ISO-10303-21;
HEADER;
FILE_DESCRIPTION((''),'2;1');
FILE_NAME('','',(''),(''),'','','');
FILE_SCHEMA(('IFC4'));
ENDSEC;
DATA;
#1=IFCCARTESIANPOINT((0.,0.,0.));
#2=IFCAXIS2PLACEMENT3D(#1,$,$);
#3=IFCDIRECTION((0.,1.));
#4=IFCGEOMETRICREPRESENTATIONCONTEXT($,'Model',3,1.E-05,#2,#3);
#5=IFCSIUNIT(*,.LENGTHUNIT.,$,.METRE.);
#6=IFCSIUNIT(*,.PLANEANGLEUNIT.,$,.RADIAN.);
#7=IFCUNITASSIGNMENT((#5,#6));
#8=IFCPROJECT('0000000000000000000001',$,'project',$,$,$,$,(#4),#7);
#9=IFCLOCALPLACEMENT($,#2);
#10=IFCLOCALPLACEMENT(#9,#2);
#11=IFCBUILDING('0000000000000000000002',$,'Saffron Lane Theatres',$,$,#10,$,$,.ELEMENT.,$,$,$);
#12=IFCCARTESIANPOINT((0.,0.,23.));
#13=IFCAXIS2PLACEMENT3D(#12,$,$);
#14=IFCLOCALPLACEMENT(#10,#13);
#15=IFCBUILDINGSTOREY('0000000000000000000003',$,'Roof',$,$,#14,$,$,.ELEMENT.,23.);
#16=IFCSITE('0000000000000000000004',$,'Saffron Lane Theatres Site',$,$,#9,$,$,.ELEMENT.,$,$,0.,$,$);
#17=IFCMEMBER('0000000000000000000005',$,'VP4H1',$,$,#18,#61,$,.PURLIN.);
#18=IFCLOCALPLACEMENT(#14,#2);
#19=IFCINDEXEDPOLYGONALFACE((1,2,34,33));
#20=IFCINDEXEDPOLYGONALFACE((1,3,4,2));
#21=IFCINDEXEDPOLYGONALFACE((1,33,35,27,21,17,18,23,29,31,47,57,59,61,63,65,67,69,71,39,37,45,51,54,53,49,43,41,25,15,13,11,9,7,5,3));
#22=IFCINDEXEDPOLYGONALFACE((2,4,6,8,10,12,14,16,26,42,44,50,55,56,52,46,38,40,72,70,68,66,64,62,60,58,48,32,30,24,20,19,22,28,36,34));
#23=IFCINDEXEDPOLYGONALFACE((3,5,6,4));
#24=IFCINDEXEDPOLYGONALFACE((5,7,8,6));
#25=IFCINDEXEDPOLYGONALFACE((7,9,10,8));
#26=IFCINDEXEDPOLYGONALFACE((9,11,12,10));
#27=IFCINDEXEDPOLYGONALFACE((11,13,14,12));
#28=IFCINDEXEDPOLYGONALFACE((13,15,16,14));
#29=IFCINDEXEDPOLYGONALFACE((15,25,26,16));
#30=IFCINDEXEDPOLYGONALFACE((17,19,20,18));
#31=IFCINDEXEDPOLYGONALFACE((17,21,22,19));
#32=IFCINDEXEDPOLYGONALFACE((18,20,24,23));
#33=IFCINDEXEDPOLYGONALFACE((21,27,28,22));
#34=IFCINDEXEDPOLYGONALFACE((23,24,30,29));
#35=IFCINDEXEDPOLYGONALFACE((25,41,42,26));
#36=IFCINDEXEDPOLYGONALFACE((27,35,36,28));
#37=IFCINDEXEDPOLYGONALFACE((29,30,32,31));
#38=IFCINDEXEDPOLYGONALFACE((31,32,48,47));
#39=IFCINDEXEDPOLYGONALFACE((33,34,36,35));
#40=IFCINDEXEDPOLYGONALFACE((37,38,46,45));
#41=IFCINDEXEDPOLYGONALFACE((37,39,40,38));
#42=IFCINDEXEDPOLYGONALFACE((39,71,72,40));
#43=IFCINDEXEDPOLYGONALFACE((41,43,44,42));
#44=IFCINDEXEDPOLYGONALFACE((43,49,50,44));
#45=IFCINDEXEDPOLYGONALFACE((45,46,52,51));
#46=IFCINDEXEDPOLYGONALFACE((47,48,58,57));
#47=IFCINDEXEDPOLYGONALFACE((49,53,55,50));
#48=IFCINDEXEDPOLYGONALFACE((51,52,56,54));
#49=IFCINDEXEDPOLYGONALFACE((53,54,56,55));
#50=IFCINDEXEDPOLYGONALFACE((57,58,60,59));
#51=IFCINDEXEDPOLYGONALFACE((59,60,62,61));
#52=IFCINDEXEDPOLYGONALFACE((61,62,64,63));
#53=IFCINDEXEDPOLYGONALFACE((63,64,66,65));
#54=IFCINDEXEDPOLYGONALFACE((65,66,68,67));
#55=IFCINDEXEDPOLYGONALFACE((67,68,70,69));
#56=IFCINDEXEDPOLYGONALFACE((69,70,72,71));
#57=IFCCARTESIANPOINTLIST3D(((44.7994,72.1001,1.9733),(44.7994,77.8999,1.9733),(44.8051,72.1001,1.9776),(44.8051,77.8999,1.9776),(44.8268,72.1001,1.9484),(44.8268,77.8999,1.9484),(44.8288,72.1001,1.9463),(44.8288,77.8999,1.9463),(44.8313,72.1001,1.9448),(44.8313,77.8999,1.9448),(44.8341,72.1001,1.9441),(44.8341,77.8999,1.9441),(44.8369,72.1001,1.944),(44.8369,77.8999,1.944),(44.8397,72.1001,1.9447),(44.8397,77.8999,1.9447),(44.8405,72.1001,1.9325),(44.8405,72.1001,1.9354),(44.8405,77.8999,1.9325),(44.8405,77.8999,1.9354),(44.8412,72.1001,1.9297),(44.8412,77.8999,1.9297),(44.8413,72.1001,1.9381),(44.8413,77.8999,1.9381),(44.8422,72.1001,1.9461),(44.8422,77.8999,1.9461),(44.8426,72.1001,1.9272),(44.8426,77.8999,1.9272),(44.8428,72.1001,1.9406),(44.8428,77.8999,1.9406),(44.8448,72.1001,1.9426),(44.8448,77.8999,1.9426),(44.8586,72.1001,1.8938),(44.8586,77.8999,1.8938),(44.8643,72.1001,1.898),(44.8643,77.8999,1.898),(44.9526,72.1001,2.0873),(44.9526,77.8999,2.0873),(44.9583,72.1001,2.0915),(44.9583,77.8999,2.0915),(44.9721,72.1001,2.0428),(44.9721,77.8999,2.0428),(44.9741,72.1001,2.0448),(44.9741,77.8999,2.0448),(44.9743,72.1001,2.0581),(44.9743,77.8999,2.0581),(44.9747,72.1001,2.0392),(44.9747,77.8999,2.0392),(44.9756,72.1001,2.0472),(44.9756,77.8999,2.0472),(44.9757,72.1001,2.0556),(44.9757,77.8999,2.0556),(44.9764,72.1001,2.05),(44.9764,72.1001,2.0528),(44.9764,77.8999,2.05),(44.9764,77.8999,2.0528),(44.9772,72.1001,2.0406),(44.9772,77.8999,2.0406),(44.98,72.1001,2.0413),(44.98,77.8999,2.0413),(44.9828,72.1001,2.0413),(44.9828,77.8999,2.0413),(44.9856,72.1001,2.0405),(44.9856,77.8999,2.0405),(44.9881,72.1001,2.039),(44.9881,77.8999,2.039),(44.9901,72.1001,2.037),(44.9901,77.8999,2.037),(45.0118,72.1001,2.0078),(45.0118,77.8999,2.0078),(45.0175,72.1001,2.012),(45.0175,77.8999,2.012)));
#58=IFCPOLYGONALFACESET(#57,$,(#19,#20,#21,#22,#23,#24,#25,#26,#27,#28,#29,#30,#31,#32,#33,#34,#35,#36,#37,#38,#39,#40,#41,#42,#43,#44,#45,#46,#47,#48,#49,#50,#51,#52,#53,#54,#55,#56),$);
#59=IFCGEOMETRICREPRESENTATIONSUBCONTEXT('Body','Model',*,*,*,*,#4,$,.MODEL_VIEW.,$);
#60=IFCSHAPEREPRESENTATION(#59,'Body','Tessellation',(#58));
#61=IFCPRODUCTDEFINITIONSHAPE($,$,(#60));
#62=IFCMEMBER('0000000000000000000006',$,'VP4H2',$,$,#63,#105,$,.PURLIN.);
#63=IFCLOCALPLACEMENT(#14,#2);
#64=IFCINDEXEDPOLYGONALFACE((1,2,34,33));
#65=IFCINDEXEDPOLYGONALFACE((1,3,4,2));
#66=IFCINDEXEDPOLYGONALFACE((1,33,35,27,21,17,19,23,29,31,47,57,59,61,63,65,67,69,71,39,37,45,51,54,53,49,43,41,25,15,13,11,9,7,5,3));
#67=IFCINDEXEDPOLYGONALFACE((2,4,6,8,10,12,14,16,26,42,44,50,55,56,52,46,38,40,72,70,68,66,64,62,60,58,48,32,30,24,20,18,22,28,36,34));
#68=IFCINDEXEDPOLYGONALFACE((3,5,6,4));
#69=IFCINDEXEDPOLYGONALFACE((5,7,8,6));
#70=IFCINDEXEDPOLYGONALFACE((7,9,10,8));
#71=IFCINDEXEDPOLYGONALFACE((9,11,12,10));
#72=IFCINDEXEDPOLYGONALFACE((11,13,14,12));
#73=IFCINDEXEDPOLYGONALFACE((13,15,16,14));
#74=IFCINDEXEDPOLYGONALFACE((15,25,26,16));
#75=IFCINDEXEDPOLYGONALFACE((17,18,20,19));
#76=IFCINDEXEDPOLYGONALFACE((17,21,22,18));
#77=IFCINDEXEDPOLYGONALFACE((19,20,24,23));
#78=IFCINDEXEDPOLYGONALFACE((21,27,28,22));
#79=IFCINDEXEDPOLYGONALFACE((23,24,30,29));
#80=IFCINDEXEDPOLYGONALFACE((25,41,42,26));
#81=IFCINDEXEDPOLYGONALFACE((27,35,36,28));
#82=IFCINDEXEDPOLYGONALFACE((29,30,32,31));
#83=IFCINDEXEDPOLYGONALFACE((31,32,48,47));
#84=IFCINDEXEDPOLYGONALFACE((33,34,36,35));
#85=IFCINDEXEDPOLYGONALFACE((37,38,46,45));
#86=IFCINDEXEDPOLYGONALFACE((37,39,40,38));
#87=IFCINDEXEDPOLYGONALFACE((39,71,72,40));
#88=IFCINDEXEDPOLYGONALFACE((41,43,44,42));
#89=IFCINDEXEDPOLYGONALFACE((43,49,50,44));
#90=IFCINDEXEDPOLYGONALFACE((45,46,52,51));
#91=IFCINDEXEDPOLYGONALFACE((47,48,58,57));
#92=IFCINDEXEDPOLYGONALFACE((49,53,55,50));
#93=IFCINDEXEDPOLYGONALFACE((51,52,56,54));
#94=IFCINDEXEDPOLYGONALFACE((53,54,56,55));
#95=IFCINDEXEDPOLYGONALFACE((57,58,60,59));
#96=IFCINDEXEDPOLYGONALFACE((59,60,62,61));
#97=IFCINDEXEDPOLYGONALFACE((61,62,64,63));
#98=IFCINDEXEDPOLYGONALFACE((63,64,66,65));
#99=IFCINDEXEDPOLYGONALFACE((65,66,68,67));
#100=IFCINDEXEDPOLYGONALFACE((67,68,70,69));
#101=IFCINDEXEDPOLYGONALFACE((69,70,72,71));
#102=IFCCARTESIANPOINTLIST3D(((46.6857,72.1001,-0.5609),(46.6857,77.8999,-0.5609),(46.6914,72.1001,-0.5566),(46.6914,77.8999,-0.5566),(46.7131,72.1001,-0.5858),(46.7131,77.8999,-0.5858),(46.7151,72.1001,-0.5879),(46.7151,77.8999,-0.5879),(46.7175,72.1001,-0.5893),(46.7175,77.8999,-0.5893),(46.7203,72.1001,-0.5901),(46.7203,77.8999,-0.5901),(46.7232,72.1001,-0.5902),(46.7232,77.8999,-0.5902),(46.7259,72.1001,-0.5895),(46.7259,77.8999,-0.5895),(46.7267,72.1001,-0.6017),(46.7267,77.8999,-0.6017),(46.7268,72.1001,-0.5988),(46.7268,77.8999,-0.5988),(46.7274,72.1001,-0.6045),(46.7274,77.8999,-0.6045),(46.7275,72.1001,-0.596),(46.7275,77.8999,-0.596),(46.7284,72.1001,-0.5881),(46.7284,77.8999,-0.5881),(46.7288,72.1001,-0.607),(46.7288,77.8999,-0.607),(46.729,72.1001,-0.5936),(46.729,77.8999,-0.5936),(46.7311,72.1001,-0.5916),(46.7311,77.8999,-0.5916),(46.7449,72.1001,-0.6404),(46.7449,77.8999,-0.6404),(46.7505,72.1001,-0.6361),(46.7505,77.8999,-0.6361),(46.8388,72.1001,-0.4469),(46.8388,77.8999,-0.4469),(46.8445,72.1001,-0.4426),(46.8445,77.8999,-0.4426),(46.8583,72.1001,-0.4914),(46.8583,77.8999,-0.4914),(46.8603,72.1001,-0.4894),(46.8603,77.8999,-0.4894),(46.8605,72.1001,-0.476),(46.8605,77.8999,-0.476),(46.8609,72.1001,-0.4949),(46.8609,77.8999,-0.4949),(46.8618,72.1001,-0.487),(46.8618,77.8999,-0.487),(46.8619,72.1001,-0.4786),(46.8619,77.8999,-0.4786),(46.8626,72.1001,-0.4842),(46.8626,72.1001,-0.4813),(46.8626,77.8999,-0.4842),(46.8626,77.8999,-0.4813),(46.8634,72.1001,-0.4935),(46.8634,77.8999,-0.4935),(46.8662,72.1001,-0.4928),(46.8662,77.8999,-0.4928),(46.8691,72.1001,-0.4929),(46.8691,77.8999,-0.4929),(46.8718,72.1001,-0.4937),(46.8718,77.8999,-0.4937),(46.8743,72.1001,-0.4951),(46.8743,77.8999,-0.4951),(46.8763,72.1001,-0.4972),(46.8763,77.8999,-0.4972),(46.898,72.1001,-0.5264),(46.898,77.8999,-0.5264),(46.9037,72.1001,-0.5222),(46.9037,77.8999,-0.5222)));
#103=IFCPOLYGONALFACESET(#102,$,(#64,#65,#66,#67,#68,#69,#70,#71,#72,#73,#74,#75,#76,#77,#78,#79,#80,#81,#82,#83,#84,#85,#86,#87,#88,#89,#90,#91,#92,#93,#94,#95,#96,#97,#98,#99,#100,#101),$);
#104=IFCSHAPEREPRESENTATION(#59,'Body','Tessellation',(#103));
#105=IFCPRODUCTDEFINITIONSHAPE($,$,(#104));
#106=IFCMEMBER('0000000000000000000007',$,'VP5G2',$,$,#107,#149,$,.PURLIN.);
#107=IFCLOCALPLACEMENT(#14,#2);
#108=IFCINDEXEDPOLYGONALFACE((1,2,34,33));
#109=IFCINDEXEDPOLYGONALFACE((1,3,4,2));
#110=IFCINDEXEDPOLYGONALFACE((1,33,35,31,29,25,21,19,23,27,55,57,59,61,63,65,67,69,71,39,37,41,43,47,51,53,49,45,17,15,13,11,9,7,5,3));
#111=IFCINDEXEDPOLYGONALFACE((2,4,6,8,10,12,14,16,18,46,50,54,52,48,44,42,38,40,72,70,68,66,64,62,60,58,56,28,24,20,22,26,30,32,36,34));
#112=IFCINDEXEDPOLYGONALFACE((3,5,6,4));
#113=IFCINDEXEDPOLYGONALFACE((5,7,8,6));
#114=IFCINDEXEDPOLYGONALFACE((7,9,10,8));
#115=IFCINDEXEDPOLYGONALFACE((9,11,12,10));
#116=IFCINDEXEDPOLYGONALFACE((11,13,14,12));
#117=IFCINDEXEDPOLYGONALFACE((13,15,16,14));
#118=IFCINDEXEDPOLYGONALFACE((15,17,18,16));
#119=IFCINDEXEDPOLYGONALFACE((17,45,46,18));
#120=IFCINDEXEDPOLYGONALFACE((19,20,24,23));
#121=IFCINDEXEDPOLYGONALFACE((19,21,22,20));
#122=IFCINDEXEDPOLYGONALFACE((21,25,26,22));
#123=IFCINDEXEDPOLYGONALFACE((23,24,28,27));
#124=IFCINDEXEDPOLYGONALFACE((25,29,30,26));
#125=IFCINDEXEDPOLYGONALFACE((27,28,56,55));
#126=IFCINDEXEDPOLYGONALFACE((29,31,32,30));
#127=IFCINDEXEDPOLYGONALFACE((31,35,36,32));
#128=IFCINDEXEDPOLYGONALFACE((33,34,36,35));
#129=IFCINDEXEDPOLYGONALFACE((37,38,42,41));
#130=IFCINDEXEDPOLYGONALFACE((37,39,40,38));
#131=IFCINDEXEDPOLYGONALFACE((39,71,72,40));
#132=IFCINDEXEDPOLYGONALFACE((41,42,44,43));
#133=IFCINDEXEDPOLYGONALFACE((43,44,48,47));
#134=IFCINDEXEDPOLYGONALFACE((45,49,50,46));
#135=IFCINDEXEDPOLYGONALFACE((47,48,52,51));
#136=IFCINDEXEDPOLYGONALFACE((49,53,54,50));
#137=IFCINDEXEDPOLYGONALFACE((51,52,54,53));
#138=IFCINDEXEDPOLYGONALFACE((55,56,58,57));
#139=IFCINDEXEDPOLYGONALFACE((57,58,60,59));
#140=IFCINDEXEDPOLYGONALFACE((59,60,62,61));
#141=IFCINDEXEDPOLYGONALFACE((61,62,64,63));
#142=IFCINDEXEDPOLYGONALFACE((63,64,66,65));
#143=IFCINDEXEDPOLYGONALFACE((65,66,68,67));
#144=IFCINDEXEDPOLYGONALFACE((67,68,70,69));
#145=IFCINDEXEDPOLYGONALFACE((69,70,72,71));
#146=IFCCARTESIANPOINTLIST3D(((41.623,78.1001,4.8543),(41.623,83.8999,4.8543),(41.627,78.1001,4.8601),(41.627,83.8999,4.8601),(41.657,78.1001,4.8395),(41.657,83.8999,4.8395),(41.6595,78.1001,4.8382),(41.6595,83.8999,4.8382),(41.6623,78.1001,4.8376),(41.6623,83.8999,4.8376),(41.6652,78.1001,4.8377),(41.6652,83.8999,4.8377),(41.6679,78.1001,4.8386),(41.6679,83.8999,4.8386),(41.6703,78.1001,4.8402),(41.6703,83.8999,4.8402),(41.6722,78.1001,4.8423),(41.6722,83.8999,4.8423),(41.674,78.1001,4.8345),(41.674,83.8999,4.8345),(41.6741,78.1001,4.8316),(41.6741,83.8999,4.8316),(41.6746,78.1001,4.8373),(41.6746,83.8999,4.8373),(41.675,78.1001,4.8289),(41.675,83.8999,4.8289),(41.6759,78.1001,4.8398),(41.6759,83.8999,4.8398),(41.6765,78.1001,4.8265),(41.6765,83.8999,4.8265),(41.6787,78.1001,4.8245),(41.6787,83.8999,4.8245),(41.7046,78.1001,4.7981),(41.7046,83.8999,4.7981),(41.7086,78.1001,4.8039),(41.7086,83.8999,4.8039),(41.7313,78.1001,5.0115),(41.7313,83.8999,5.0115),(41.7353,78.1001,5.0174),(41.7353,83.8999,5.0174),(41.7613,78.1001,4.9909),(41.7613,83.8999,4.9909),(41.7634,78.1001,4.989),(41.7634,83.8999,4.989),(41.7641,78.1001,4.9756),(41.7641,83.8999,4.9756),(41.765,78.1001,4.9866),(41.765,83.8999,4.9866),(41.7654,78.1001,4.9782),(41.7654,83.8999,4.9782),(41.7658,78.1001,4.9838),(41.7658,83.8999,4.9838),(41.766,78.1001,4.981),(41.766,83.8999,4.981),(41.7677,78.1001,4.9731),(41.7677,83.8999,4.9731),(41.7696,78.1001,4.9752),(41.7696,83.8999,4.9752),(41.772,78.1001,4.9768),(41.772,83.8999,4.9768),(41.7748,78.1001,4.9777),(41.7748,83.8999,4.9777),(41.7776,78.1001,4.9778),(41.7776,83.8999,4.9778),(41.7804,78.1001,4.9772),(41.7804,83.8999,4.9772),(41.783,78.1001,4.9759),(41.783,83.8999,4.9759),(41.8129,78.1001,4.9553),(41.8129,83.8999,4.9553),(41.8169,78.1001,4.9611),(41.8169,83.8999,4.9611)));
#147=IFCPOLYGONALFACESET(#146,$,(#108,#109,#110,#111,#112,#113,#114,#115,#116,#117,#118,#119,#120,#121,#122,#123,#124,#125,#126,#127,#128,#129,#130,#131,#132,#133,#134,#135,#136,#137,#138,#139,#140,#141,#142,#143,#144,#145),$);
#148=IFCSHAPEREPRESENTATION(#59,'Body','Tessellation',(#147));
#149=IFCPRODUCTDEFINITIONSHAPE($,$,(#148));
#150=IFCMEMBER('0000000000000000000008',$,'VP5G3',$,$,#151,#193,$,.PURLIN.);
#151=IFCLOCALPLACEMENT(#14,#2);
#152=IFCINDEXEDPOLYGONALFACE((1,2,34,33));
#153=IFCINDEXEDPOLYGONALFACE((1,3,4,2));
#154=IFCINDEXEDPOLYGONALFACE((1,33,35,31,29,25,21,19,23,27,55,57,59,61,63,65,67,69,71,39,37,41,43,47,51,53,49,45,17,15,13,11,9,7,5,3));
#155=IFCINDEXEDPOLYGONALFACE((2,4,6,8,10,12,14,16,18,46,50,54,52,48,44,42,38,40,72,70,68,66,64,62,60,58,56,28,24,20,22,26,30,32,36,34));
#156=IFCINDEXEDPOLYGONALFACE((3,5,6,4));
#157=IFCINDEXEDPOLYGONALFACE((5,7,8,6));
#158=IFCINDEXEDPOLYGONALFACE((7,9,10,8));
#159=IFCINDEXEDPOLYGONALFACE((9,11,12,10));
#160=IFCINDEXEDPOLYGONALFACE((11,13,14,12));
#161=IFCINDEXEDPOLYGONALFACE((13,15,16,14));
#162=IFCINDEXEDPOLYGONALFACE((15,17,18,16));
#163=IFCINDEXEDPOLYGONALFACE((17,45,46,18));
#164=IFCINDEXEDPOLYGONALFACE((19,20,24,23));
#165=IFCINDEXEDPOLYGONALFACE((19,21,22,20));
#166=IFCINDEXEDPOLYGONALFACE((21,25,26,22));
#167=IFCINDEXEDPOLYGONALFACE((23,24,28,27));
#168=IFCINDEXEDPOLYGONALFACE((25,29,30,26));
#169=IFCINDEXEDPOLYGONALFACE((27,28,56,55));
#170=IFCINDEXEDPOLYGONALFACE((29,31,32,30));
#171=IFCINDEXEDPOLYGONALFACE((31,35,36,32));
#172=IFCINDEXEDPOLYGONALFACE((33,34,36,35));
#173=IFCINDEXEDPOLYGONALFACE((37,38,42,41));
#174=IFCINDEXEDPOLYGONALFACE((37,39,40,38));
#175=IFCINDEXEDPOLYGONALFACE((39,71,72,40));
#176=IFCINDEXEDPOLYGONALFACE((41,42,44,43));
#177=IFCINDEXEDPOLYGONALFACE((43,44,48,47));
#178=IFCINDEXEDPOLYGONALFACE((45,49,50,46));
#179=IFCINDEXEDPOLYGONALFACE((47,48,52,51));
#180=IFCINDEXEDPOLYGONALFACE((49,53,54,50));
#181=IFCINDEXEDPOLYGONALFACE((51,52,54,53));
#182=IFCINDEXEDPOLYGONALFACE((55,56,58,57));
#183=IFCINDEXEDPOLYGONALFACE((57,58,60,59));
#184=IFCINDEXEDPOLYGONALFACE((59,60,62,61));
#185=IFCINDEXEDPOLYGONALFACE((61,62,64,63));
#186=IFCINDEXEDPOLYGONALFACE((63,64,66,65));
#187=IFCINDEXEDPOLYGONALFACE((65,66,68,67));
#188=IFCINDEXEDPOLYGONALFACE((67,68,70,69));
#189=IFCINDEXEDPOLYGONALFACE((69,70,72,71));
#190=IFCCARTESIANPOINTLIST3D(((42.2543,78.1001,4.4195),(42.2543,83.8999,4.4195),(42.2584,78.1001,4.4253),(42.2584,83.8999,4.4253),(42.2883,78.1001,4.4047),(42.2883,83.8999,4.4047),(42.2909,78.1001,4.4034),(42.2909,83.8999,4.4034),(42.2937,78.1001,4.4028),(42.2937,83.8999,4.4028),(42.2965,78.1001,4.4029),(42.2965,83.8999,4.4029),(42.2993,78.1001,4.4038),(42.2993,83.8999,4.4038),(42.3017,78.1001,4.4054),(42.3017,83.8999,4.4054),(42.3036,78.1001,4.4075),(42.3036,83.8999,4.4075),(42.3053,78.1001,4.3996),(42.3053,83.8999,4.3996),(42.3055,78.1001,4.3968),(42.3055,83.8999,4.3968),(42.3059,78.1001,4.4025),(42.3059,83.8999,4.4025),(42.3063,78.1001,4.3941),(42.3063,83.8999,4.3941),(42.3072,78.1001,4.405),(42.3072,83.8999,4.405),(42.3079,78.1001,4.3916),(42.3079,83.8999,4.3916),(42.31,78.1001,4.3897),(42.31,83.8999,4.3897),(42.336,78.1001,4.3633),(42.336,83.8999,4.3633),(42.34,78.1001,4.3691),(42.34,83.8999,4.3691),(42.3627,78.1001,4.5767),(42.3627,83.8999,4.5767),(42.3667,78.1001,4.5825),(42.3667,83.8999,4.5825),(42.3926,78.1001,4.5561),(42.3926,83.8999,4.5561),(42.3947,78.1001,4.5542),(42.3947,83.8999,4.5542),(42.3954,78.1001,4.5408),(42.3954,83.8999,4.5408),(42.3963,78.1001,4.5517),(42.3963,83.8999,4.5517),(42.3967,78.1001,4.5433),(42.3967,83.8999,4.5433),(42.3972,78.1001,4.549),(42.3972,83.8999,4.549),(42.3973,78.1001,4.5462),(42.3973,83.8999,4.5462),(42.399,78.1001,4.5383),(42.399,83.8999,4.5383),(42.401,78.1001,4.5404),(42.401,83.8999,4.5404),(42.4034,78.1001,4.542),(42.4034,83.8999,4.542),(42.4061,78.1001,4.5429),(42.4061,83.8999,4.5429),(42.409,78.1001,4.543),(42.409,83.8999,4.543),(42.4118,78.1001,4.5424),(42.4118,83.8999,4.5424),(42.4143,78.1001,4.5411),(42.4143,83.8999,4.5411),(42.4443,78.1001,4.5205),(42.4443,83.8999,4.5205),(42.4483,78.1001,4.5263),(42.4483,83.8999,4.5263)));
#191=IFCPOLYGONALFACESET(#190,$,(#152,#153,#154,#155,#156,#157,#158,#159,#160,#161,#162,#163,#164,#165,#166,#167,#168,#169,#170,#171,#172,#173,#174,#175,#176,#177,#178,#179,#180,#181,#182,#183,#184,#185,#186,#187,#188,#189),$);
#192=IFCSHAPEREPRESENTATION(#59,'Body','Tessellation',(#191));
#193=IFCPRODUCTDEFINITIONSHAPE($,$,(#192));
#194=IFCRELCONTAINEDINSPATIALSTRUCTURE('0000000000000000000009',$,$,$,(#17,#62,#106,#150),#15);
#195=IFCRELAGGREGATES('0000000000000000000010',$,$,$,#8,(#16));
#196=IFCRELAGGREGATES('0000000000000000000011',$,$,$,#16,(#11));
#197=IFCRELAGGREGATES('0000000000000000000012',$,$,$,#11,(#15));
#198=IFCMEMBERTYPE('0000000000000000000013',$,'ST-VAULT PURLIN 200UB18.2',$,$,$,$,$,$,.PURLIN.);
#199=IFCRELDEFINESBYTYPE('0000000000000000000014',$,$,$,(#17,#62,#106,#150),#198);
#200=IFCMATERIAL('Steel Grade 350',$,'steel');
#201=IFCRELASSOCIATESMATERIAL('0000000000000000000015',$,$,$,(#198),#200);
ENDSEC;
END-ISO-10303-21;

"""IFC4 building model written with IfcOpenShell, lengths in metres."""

from ifc_helpers import new_model, si_unit, direction, frame, origin, origin_2d, place, context, subcontext, project, spatial, i_section, extrude, material, material_profile, profile_set, type_object, element, save


model = new_model("IFC4")

# Units and contexts
model_context = context("Model", 3, precision=1e-05, world=origin(), true_north=direction((0.0, 1.0)))
body_context = subcontext(model_context, "Body", "Model", "MODEL_VIEW")
ifc_project = project(units=[si_unit("LENGTHUNIT", "METRE"), si_unit("PLANEANGLEUNIT", "RADIAN")], contexts=[model_context])

# Site, building, storey
site_placement = place(None, origin())
site = spatial("IfcSite", under=ifc_project, at=site_placement, Name="Saffron Lane Theatres Site", CompositionType="ELEMENT", RefElevation=0.0)
building_placement = place(site_placement, origin())
building = spatial("IfcBuilding", under=site, at=building_placement, Name="Saffron Lane Theatres", CompositionType="ELEMENT")
storey_placement = place(building_placement, frame((0.0, 0.0, 23.0)))
storey = spatial("IfcBuildingStorey", under=building, at=storey_placement, Name="Roof", CompositionType="ELEMENT", Elevation=23.0)

# Members
ifc_material_1 = material(Name="Steel Grade 350", Category="steel")
ifc_material_profile_1 = material_profile(ifc_material_1, i_section(OverallWidth=0.0991, OverallDepth=0.198, WebThickness=0.0044, FlangeThickness=0.0071, FilletRadius=0.011, at=origin_2d()))
ifc_profile_set_1 = profile_set([ifc_material_profile_1], Name="Steel Grade 350")
member_type_1 = type_object("IfcMemberType", Name="ST-VAULT PURLIN 200UB18.2", PredefinedType="PURLIN", material=ifc_profile_set_1)
for number, where, z_axis, x_axis, name in (
    (1, (44.9084, 72.1001, 1.9927), (0.0, 1.0, 0.0), (0.597069, 0.0, -0.80219), "VP4H1"),
    (2, (46.7947, 72.1001, -0.5415), (0.0, 1.0, 0.0), (0.597069, 0.0, -0.80219), "VP4H2"),
    (3, (41.72, 78.1001, 4.9077), (0.0, 1.0, 0.0), (0.823487, 0.0, -0.567335), "VP5G2"),
    (4, (42.3513, 78.1001, 4.4729), (0.0, 1.0, 0.0), (0.823487, 0.0, -0.567335), "VP5G3"),
):
    element("IfcMember", number, at=place(storey_placement, frame(where, z_axis=z_axis, x_axis=x_axis)), inside=storey, type_object=member_type_1, Name=name, PredefinedType="PURLIN", context=body_context, shape_type="SweptSolid", body=[
        extrude(i_section(OverallWidth=0.0991, OverallDepth=0.198, WebThickness=0.0044, FlangeThickness=0.0071, FilletRadius=0.011, at=origin_2d()), origin(), (0.0, 0.0, 1.0), 5.7998),
    ])

save(model, "model.ifc")
